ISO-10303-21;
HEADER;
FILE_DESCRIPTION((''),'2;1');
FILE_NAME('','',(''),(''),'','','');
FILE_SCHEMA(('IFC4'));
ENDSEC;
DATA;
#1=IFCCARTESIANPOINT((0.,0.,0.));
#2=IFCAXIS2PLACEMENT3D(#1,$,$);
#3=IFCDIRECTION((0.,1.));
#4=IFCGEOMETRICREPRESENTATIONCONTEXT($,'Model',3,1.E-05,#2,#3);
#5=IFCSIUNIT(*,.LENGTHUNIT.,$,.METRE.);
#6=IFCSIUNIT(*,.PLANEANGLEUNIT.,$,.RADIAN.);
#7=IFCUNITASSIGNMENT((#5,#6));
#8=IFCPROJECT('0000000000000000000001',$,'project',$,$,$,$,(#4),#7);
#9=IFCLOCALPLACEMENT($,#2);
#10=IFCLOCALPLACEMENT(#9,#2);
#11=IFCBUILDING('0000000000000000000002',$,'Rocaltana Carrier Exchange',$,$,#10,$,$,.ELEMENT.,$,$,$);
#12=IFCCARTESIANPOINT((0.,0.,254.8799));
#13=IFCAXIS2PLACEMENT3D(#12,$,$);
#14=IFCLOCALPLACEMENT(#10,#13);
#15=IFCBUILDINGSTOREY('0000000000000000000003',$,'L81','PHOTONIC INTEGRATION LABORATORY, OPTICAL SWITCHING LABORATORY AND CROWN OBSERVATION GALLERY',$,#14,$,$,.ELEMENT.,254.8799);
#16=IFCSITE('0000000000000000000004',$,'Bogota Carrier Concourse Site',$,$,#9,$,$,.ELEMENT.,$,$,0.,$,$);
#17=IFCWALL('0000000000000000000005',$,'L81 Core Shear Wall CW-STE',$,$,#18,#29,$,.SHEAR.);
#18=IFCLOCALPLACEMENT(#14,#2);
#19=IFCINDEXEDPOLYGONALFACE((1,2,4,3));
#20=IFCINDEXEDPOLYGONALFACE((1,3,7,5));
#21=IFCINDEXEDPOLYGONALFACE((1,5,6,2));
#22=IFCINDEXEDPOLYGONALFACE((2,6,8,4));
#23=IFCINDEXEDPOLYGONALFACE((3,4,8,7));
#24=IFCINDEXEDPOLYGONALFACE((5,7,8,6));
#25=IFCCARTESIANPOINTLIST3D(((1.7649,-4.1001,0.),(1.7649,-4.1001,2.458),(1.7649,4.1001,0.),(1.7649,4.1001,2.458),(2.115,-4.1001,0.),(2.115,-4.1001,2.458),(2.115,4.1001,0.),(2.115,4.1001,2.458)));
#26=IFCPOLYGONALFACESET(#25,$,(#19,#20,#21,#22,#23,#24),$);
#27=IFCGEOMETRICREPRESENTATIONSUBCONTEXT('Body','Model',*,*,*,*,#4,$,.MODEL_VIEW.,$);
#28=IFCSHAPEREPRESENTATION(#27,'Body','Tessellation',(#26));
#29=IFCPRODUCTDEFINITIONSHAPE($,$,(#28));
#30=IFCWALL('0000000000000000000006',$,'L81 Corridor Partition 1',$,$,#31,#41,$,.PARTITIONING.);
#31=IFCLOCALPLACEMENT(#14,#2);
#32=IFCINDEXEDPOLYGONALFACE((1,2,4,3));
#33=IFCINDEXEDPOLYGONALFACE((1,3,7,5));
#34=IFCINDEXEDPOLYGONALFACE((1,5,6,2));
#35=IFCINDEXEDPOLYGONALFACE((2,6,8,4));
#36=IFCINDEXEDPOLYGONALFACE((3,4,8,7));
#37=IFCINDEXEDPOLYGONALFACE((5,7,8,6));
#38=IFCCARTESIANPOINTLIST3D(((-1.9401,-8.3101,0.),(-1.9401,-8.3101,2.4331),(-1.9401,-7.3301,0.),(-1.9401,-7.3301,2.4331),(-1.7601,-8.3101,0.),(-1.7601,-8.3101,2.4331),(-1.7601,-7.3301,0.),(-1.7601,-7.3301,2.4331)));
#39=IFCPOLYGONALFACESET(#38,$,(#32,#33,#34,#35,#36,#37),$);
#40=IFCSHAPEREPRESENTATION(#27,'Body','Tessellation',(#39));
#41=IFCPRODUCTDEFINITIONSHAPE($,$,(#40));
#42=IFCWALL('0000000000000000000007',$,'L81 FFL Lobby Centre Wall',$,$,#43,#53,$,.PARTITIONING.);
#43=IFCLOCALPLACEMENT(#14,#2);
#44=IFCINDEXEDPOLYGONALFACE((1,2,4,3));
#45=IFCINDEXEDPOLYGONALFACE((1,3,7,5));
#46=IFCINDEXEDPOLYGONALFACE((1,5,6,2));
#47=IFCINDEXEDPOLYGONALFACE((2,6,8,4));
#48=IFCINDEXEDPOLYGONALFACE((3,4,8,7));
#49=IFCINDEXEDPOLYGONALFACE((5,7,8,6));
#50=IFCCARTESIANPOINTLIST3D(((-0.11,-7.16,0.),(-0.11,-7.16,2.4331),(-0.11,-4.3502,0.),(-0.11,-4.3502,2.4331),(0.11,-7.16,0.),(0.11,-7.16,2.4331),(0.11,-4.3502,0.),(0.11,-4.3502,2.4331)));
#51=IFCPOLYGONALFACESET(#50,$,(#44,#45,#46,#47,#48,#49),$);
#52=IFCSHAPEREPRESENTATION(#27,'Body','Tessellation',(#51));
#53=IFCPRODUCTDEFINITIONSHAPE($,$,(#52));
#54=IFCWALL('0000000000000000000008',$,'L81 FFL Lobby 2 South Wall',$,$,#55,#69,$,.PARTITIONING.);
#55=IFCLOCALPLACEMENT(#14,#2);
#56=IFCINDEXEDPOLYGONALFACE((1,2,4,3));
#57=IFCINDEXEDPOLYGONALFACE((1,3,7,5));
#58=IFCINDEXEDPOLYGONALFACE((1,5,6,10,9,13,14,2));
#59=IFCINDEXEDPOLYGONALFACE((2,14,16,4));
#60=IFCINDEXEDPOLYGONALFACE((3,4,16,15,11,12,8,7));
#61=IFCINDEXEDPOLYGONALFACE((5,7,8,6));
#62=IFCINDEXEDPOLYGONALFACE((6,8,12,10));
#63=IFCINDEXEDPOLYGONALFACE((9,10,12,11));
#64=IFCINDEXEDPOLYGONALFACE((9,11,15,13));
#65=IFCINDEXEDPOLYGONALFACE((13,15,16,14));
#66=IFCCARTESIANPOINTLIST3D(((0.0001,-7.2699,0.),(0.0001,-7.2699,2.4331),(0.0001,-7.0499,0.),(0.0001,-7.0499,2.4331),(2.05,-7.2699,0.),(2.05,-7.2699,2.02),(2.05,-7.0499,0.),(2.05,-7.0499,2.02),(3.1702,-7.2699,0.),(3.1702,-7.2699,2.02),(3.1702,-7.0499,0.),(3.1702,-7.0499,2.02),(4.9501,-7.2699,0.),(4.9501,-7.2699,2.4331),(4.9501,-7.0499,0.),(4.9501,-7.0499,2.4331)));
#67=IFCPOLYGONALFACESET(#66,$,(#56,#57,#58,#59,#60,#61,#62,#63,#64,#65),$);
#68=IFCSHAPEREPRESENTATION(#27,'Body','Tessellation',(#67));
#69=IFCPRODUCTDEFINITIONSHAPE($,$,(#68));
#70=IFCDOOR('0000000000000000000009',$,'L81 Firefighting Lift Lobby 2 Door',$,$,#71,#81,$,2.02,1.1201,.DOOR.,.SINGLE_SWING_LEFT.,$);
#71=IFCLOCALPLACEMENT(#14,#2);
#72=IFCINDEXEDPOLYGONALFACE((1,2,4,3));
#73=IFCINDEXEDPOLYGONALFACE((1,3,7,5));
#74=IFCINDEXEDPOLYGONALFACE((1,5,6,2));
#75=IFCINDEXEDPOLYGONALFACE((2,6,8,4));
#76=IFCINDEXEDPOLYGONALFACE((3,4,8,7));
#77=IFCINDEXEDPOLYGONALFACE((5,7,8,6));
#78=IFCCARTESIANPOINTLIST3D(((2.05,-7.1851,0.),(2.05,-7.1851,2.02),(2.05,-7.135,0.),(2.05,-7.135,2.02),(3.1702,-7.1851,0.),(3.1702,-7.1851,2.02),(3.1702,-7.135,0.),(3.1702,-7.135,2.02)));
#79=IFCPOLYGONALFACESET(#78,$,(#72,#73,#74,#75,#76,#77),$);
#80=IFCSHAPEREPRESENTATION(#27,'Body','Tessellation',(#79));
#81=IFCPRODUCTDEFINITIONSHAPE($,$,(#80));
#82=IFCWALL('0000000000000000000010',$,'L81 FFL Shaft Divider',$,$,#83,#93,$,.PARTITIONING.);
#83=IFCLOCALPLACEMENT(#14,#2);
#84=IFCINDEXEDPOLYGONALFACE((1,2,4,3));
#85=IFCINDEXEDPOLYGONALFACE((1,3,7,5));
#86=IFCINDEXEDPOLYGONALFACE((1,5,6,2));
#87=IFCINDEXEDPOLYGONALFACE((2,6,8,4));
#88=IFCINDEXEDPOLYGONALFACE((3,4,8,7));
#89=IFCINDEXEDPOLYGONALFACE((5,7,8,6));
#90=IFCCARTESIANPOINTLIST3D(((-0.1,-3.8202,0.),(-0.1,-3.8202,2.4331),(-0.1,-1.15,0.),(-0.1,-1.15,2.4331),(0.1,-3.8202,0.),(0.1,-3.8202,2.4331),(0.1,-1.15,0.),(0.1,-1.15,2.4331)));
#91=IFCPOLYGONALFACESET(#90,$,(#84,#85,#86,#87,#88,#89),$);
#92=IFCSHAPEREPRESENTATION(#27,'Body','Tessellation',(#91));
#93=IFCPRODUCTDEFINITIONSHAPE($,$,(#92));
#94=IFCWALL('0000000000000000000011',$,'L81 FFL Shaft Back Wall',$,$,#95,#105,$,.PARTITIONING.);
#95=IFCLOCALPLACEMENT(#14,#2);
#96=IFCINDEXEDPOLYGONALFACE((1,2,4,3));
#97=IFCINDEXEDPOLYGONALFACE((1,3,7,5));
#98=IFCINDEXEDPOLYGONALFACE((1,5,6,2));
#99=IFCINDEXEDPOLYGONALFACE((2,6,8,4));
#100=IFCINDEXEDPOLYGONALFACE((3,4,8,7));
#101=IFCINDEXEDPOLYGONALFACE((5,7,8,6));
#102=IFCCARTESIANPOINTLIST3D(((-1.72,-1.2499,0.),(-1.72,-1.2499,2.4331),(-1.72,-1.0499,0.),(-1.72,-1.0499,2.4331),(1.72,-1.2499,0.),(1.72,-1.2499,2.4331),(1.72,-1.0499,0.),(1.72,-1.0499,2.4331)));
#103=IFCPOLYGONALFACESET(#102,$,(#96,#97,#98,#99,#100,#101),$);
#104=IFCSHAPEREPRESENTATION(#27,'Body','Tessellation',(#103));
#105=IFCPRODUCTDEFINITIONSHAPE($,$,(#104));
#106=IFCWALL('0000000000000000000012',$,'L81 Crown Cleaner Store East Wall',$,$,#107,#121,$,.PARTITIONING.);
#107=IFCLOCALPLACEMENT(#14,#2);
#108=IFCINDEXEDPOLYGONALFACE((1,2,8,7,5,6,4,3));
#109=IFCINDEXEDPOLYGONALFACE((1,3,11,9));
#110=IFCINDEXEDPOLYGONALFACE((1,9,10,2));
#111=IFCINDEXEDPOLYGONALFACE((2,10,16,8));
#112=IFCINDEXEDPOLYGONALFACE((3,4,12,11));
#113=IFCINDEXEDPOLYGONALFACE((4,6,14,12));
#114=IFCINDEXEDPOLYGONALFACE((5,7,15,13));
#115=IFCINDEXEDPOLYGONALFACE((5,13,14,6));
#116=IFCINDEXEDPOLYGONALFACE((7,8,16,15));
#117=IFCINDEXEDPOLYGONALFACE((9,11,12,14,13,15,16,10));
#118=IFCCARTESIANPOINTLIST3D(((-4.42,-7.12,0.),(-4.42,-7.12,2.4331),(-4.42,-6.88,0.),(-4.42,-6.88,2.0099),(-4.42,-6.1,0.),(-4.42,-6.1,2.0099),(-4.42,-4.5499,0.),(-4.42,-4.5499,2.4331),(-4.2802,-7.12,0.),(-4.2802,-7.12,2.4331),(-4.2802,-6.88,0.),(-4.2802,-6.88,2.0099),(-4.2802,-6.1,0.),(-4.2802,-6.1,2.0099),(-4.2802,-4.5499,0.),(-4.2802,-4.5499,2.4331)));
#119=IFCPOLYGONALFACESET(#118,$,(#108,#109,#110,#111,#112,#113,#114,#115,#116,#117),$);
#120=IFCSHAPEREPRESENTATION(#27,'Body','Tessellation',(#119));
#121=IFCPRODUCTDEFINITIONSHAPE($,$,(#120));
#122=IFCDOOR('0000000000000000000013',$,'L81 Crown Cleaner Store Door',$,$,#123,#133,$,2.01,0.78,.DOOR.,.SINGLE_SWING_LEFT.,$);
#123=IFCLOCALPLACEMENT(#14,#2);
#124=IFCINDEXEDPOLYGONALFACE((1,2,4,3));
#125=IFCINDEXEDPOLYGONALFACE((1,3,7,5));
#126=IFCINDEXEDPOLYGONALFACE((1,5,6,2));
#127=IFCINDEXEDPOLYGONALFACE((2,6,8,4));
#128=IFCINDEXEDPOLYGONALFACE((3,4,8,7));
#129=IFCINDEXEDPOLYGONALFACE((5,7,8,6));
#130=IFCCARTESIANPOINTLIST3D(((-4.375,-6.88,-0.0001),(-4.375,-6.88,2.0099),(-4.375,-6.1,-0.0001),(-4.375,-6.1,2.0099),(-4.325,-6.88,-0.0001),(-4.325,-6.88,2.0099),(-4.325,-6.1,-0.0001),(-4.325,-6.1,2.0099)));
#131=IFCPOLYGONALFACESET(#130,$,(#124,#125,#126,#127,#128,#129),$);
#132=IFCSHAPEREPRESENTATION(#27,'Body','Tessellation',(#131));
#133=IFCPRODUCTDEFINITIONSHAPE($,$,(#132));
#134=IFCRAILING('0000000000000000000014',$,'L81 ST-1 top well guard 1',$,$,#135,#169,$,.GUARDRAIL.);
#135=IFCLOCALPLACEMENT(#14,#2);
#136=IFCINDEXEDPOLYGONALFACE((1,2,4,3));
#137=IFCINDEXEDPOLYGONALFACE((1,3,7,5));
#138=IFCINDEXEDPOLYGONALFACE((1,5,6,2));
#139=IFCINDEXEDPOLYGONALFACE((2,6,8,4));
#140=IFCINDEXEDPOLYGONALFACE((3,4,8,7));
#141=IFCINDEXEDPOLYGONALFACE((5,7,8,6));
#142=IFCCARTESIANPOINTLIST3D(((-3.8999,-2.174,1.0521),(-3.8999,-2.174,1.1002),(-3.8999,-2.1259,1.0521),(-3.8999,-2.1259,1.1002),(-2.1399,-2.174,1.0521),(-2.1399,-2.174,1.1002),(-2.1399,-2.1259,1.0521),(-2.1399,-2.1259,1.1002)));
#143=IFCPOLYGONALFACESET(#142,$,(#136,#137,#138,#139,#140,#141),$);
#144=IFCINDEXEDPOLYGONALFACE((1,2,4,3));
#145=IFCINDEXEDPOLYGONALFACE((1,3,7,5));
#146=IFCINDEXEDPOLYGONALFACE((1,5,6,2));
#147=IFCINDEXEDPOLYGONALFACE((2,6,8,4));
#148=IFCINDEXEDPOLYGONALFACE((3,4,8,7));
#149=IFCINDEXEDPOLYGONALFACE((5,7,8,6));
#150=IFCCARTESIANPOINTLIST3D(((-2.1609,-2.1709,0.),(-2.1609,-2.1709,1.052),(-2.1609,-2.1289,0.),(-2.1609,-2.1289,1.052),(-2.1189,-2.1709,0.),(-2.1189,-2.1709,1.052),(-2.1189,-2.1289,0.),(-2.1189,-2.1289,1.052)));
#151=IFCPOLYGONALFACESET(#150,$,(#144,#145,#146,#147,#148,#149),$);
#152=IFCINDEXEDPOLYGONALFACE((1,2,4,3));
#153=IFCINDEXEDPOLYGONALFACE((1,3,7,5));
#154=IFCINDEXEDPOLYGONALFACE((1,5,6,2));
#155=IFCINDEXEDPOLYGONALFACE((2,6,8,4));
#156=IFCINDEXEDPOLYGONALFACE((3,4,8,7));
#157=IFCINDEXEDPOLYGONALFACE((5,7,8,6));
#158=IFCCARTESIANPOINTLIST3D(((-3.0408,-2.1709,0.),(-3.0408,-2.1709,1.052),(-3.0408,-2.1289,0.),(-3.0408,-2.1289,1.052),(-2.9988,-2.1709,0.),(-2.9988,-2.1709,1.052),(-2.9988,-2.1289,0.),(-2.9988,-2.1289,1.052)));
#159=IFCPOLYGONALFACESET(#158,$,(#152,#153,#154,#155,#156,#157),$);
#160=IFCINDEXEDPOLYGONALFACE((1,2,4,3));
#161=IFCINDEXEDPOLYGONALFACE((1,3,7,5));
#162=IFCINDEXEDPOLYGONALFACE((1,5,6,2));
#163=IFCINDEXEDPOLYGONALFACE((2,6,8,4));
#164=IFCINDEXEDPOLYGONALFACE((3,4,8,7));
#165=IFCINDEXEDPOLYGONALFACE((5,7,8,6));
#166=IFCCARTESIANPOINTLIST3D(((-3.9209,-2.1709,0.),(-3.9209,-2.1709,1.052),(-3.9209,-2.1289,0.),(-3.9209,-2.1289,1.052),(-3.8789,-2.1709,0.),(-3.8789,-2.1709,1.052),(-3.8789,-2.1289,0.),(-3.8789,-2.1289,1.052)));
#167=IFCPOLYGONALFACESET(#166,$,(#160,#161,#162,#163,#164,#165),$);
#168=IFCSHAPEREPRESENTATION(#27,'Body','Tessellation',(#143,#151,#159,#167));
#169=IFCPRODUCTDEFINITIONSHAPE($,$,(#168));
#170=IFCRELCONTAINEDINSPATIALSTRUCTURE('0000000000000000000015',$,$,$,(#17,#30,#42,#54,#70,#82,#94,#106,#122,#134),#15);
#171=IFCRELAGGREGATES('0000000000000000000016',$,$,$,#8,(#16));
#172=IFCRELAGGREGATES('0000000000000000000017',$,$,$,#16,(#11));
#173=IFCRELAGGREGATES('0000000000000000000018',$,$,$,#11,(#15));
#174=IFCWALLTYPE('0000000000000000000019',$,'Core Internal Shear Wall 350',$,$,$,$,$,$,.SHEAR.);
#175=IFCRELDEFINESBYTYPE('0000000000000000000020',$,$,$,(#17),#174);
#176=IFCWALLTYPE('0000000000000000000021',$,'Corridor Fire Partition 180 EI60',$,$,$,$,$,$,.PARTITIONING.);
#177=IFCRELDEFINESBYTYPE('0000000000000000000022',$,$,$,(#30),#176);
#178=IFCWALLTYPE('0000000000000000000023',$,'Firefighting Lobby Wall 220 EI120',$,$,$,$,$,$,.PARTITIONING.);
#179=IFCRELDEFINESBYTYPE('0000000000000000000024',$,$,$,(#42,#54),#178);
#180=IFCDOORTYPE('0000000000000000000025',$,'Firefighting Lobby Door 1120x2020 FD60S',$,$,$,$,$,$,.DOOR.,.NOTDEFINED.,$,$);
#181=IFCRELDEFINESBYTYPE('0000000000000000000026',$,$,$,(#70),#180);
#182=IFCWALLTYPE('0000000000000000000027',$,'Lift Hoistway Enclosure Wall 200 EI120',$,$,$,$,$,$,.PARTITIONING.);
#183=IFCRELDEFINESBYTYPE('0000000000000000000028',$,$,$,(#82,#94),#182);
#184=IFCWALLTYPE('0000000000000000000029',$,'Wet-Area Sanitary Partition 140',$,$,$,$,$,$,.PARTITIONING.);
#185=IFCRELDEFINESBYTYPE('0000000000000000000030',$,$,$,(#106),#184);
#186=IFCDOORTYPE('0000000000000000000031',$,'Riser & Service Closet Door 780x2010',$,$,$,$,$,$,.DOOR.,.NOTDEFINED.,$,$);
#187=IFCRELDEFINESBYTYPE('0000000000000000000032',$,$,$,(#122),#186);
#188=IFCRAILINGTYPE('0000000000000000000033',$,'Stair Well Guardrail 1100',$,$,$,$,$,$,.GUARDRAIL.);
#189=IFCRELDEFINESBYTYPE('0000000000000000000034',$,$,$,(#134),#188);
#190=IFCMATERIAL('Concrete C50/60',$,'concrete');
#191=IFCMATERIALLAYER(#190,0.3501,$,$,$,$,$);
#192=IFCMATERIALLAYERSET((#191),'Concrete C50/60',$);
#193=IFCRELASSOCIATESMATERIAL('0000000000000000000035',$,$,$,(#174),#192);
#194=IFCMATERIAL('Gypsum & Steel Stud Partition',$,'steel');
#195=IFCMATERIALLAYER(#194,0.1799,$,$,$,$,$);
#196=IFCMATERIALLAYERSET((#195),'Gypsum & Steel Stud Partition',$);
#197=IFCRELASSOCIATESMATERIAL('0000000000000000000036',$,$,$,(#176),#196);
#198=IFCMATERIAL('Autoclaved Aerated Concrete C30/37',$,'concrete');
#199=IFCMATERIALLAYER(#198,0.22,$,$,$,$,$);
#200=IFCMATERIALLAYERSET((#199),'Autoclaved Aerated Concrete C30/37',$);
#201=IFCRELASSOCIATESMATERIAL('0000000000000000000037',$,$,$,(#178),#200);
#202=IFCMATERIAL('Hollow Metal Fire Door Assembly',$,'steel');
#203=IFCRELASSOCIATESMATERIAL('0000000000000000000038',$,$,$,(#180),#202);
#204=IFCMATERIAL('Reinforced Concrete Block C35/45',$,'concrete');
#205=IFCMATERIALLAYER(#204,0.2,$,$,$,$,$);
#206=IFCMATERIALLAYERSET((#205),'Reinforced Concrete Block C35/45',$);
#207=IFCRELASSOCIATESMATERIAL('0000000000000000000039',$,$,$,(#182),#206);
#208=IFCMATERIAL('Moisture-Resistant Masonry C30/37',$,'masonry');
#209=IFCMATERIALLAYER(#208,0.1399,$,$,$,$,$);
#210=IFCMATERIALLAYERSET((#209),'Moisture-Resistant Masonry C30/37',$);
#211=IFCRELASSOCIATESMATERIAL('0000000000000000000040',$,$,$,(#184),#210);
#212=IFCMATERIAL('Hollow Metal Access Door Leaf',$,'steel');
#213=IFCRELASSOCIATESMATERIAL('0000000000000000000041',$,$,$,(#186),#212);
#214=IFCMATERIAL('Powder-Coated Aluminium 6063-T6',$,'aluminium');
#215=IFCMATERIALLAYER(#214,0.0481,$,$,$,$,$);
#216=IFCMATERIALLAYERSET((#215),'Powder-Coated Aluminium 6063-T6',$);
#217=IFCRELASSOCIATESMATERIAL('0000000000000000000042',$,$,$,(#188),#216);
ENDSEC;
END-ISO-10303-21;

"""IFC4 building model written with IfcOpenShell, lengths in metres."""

from ifc_helpers import new_model, si_unit, direction, frame, frame_2d, origin, origin_2d, place, context, subcontext, project, spatial, rectangle, extrude, material, layer, layer_set, type_object, element, fill, save


model = new_model("IFC4")

# Units and contexts
model_context = context("Model", 3, precision=1e-05, world=origin(), true_north=direction((0.0, 1.0)))
body_context = subcontext(model_context, "Body", "Model", "MODEL_VIEW")
ifc_project = project(units=[si_unit("LENGTHUNIT", "METRE"), si_unit("PLANEANGLEUNIT", "RADIAN")], contexts=[model_context])

# Site, building, storey
site_placement = place(None, origin())
site = spatial("IfcSite", under=ifc_project, at=site_placement, Name="Bogota Carrier Concourse Site", CompositionType="ELEMENT", RefElevation=0.0)
building_placement = place(site_placement, origin())
building = spatial("IfcBuilding", under=site, at=building_placement, Name="Rocaltana Carrier Exchange", CompositionType="ELEMENT")
storey_placement = place(building_placement, frame((0.0, 0.0, 254.8799)))
storey = spatial("IfcBuildingStorey", under=building, at=storey_placement, Name="L81", Description="PHOTONIC INTEGRATION LABORATORY, OPTICAL SWITCHING LABORATORY AND CROWN OBSERVATION GALLERY", CompositionType="ELEMENT", Elevation=254.8799)

# Walls
ifc_material_1 = material(Name="Concrete C50/60", Category="concrete")
ifc_layer_1 = layer(ifc_material_1, 0.3501)
ifc_layer_set_1 = layer_set([ifc_layer_1], Name="Concrete C50/60")
wall_type_1 = type_object("IfcWallType", Name="Core Internal Shear Wall 350", PredefinedType="SHEAR", material=ifc_layer_set_1)
for number, where, z_axis, x_axis, name in (
    (1, (1.9399, -4.1001, 0.0), (0.0, 0.0, 1.0), (0.0, 1.0, 0.0), "L81 Core Shear Wall CW-STE"),
):
    element("IfcWall", number, at=place(storey_placement, frame(where, z_axis=z_axis, x_axis=x_axis)), inside=storey, type_object=wall_type_1, Name=name, PredefinedType="SHEAR", context=body_context, shape_type="SweptSolid", body=[
        extrude(rectangle(XDim=8.2002, YDim=0.3501, at=frame_2d((4.1001, 0.0))), origin(), (0.0, 0.0, 1.0), 2.458),
    ])
ifc_material_2 = material(Name="Gypsum & Steel Stud Partition", Category="steel")
ifc_layer_2 = layer(ifc_material_2, 0.1799)
ifc_layer_set_2 = layer_set([ifc_layer_2], Name="Gypsum & Steel Stud Partition")
wall_type_2 = type_object("IfcWallType", Name="Corridor Fire Partition 180 EI60", PredefinedType="PARTITIONING", material=ifc_layer_set_2)
wall_1_placement = place(storey_placement, frame((-1.8501, -8.3101, 0.0), z_axis=(0.0, 0.0, 1.0), x_axis=(0.0, 1.0, 0.0)))
element("IfcWall", 2, at=wall_1_placement, inside=storey, type_object=wall_type_2, Name="L81 Corridor Partition 1", PredefinedType="PARTITIONING", context=body_context, shape_type="SweptSolid", body=[
    extrude(rectangle(XDim=0.98, YDim=0.1799, at=frame_2d((0.49, 0.0))), origin(), (0.0, 0.0, 1.0), 2.4331),
])
ifc_material_3 = material(Name="Autoclaved Aerated Concrete C30/37", Category="concrete")
ifc_layer_3 = layer(ifc_material_3, 0.22)
ifc_layer_set_3 = layer_set([ifc_layer_3], Name="Autoclaved Aerated Concrete C30/37")
wall_type_3 = type_object("IfcWallType", Name="Firefighting Lobby Wall 220 EI120", PredefinedType="PARTITIONING", material=ifc_layer_set_3)
wall_2_placement = place(storey_placement, frame((0.0, -7.1599, 0.0), z_axis=(0.0, 0.0, 1.0), x_axis=(0.0, 1.0, 0.0)))
element("IfcWall", 3, at=wall_2_placement, inside=storey, type_object=wall_type_3, Name="L81 FFL Lobby Centre Wall", PredefinedType="PARTITIONING", context=body_context, shape_type="SweptSolid", body=[
    extrude(rectangle(XDim=2.8098, YDim=0.22, at=frame_2d((1.4048, 0.0))), origin(), (0.0, 0.0, 1.0), 2.4331),
])

# Wall, opening, door
wall_3_placement = place(storey_placement, frame((0.0, -7.1599, 0.0), z_axis=(0.0, 0.0, 1.0), x_axis=(1.0, 0.0, 0.0)))
wall_3 = element("IfcWall", 4, at=wall_3_placement, inside=storey, type_object=wall_type_3, Name="L81 FFL Lobby 2 South Wall", PredefinedType="PARTITIONING", context=body_context, shape_type="SweptSolid", body=[
    extrude(rectangle(XDim=4.95, YDim=0.22, at=frame_2d((2.4751, 0.0))), origin(), (0.0, 0.0, 1.0), 2.4331),
])
opening_1_placement = place(wall_3_placement, frame((2.05, 0.0, 0.0)))
opening_1 = element("IfcOpeningElement", 5, at=opening_1_placement, cuts=wall_3, PredefinedType="OPENING", context=body_context, shape_type="SweptSolid", body=[
    extrude(rectangle(XDim=1.1201, YDim=2.02, at=frame_2d((0.5601, 1.01))), frame((0.0, 0.1199, 0.0), z_axis=(0.0, -1.0, 0.0), x_axis=(1.0, 0.0, 0.0)), (0.0, 0.0, 1.0), 0.24),
])
ifc_material_4 = material(Name="Hollow Metal Fire Door Assembly", Category="steel")
door_type_1 = type_object("IfcDoorType", Name="Firefighting Lobby Door 1120x2020 FD60S", OperationType="NOTDEFINED", PredefinedType="DOOR", material=ifc_material_4)
door_1_placement = place(opening_1_placement, origin())
door_1 = element("IfcDoor", 6, at=door_1_placement, inside=storey, type_object=door_type_1, Name="L81 Firefighting Lift Lobby 2 Door", OperationType="SINGLE_SWING_LEFT", OverallHeight=2.02, OverallWidth=1.1201, PredefinedType="DOOR", context=body_context, shape_type="SweptSolid", body=[
    extrude(rectangle(XDim=1.1201, YDim=2.02, at=frame_2d((0.5601, 1.01))), frame((0.0, 0.0249, 0.0), z_axis=(0.0, -1.0, 0.0), x_axis=(1.0, 0.0, 0.0)), (0.0, 0.0, 1.0), 0.05),
])
fill(opening_1, door_1)

# Walls
ifc_material_5 = material(Name="Reinforced Concrete Block C35/45", Category="concrete")
ifc_layer_4 = layer(ifc_material_5, 0.2)
ifc_layer_set_4 = layer_set([ifc_layer_4], Name="Reinforced Concrete Block C35/45")
wall_type_4 = type_object("IfcWallType", Name="Lift Hoistway Enclosure Wall 200 EI120", PredefinedType="PARTITIONING", material=ifc_layer_set_4)
wall_4_placement = place(storey_placement, frame((0.0, -3.8201, 0.0), z_axis=(0.0, 0.0, 1.0), x_axis=(0.0, 1.0, 0.0)))
element("IfcWall", 7, at=wall_4_placement, inside=storey, type_object=wall_type_4, Name="L81 FFL Shaft Divider", PredefinedType="PARTITIONING", context=body_context, shape_type="SweptSolid", body=[
    extrude(rectangle(XDim=2.6702, YDim=0.2, at=frame_2d((1.335, 0.0))), origin(), (0.0, 0.0, 1.0), 2.4331),
])
wall_5_placement = place(storey_placement, frame((-1.72, -1.1499, 0.0), z_axis=(0.0, 0.0, 1.0), x_axis=(1.0, 0.0, 0.0)))
element("IfcWall", 8, at=wall_5_placement, inside=storey, type_object=wall_type_4, Name="L81 FFL Shaft Back Wall", PredefinedType="PARTITIONING", context=body_context, shape_type="SweptSolid", body=[
    extrude(rectangle(XDim=3.4399, YDim=0.2, at=frame_2d((1.72, 0.0))), origin(), (0.0, 0.0, 1.0), 2.4331),
])

# Wall, opening, door
ifc_material_6 = material(Name="Moisture-Resistant Masonry C30/37", Category="masonry")
ifc_layer_5 = layer(ifc_material_6, 0.1399)
ifc_layer_set_5 = layer_set([ifc_layer_5], Name="Moisture-Resistant Masonry C30/37")
wall_type_5 = type_object("IfcWallType", Name="Wet-Area Sanitary Partition 140", PredefinedType="PARTITIONING", material=ifc_layer_set_5)
wall_6_placement = place(storey_placement, frame((-4.3501, -7.1201, 0.0), z_axis=(0.0, 0.0, 1.0), x_axis=(0.0, 1.0, 0.0)))
wall_6 = element("IfcWall", 9, at=wall_6_placement, inside=storey, type_object=wall_type_5, Name="L81 Crown Cleaner Store East Wall", PredefinedType="PARTITIONING", context=body_context, shape_type="SweptSolid", body=[
    extrude(rectangle(XDim=2.5701, YDim=0.1399, at=frame_2d((1.2852, 0.0))), origin(), (0.0, 0.0, 1.0), 2.4331),
])
opening_2_placement = place(wall_6_placement, frame((0.24, 0.0, 0.0)))
opening_2 = element("IfcOpeningElement", 10, at=opening_2_placement, cuts=wall_6, PredefinedType="OPENING", context=body_context, shape_type="SweptSolid", body=[
    extrude(rectangle(XDim=0.78, YDim=2.01, at=frame_2d((0.3901, 1.0049))), frame((0.0, 0.0798, 0.0), z_axis=(0.0, -1.0, 0.0), x_axis=(1.0, 0.0, 0.0)), (0.0, 0.0, 1.0), 0.1599),
])
ifc_material_7 = material(Name="Hollow Metal Access Door Leaf", Category="steel")
door_type_2 = type_object("IfcDoorType", Name="Riser & Service Closet Door 780x2010", OperationType="NOTDEFINED", PredefinedType="DOOR", material=ifc_material_7)
door_2_placement = place(opening_2_placement, origin())
door_2 = element("IfcDoor", 11, at=door_2_placement, inside=storey, type_object=door_type_2, Name="L81 Crown Cleaner Store Door", OperationType="SINGLE_SWING_LEFT", OverallHeight=2.01, OverallWidth=0.78, PredefinedType="DOOR", context=body_context, shape_type="SweptSolid", body=[
    extrude(rectangle(XDim=0.78, YDim=2.01, at=frame_2d((0.3901, 1.0049))), frame((0.0, 0.0249, 0.0), z_axis=(0.0, -1.0, 0.0), x_axis=(1.0, 0.0, 0.0)), (0.0, 0.0, 1.0), 0.05),
])
fill(opening_2, door_2)

# Railing
ifc_material_8 = material(Name="Powder-Coated Aluminium 6063-T6", Category="aluminium")
ifc_layer_6 = layer(ifc_material_8, 0.0481)
ifc_layer_set_6 = layer_set([ifc_layer_6], Name="Powder-Coated Aluminium 6063-T6")
railing_type = type_object("IfcRailingType", Name="Stair Well Guardrail 1100", PredefinedType="GUARDRAIL", material=ifc_layer_set_6)
railing_1_placement = place(storey_placement, frame((-2.1399, -2.1499, 0.0)))
element("IfcRailing", 12, at=railing_1_placement, inside=storey, type_object=railing_type, Name="L81 ST-1 top well guard 1", PredefinedType="GUARDRAIL", context=body_context, shape_type="SweptSolid", body=[
    extrude(rectangle(XDim=0.0481, YDim=0.0481, at=origin_2d()), frame((0.0, 0.0, 1.0762), z_axis=(-1.0, 0.0, 0.0), x_axis=(0.0, -1.0, 0.0)), (0.0, 0.0, 1.0), 1.76),
    extrude(rectangle(XDim=0.042, YDim=0.042, at=origin_2d()), origin(), (0.0, 0.0, 1.0), 1.052),
    extrude(rectangle(XDim=0.042, YDim=0.042, at=origin_2d()), frame((-0.8799, 0.0, 0.0)), (0.0, 0.0, 1.0), 1.052),
    extrude(rectangle(XDim=0.042, YDim=0.042, at=origin_2d()), frame((-1.76, 0.0, 0.0)), (0.0, 0.0, 1.0), 1.052),
])

save(model, "model.ifc")
